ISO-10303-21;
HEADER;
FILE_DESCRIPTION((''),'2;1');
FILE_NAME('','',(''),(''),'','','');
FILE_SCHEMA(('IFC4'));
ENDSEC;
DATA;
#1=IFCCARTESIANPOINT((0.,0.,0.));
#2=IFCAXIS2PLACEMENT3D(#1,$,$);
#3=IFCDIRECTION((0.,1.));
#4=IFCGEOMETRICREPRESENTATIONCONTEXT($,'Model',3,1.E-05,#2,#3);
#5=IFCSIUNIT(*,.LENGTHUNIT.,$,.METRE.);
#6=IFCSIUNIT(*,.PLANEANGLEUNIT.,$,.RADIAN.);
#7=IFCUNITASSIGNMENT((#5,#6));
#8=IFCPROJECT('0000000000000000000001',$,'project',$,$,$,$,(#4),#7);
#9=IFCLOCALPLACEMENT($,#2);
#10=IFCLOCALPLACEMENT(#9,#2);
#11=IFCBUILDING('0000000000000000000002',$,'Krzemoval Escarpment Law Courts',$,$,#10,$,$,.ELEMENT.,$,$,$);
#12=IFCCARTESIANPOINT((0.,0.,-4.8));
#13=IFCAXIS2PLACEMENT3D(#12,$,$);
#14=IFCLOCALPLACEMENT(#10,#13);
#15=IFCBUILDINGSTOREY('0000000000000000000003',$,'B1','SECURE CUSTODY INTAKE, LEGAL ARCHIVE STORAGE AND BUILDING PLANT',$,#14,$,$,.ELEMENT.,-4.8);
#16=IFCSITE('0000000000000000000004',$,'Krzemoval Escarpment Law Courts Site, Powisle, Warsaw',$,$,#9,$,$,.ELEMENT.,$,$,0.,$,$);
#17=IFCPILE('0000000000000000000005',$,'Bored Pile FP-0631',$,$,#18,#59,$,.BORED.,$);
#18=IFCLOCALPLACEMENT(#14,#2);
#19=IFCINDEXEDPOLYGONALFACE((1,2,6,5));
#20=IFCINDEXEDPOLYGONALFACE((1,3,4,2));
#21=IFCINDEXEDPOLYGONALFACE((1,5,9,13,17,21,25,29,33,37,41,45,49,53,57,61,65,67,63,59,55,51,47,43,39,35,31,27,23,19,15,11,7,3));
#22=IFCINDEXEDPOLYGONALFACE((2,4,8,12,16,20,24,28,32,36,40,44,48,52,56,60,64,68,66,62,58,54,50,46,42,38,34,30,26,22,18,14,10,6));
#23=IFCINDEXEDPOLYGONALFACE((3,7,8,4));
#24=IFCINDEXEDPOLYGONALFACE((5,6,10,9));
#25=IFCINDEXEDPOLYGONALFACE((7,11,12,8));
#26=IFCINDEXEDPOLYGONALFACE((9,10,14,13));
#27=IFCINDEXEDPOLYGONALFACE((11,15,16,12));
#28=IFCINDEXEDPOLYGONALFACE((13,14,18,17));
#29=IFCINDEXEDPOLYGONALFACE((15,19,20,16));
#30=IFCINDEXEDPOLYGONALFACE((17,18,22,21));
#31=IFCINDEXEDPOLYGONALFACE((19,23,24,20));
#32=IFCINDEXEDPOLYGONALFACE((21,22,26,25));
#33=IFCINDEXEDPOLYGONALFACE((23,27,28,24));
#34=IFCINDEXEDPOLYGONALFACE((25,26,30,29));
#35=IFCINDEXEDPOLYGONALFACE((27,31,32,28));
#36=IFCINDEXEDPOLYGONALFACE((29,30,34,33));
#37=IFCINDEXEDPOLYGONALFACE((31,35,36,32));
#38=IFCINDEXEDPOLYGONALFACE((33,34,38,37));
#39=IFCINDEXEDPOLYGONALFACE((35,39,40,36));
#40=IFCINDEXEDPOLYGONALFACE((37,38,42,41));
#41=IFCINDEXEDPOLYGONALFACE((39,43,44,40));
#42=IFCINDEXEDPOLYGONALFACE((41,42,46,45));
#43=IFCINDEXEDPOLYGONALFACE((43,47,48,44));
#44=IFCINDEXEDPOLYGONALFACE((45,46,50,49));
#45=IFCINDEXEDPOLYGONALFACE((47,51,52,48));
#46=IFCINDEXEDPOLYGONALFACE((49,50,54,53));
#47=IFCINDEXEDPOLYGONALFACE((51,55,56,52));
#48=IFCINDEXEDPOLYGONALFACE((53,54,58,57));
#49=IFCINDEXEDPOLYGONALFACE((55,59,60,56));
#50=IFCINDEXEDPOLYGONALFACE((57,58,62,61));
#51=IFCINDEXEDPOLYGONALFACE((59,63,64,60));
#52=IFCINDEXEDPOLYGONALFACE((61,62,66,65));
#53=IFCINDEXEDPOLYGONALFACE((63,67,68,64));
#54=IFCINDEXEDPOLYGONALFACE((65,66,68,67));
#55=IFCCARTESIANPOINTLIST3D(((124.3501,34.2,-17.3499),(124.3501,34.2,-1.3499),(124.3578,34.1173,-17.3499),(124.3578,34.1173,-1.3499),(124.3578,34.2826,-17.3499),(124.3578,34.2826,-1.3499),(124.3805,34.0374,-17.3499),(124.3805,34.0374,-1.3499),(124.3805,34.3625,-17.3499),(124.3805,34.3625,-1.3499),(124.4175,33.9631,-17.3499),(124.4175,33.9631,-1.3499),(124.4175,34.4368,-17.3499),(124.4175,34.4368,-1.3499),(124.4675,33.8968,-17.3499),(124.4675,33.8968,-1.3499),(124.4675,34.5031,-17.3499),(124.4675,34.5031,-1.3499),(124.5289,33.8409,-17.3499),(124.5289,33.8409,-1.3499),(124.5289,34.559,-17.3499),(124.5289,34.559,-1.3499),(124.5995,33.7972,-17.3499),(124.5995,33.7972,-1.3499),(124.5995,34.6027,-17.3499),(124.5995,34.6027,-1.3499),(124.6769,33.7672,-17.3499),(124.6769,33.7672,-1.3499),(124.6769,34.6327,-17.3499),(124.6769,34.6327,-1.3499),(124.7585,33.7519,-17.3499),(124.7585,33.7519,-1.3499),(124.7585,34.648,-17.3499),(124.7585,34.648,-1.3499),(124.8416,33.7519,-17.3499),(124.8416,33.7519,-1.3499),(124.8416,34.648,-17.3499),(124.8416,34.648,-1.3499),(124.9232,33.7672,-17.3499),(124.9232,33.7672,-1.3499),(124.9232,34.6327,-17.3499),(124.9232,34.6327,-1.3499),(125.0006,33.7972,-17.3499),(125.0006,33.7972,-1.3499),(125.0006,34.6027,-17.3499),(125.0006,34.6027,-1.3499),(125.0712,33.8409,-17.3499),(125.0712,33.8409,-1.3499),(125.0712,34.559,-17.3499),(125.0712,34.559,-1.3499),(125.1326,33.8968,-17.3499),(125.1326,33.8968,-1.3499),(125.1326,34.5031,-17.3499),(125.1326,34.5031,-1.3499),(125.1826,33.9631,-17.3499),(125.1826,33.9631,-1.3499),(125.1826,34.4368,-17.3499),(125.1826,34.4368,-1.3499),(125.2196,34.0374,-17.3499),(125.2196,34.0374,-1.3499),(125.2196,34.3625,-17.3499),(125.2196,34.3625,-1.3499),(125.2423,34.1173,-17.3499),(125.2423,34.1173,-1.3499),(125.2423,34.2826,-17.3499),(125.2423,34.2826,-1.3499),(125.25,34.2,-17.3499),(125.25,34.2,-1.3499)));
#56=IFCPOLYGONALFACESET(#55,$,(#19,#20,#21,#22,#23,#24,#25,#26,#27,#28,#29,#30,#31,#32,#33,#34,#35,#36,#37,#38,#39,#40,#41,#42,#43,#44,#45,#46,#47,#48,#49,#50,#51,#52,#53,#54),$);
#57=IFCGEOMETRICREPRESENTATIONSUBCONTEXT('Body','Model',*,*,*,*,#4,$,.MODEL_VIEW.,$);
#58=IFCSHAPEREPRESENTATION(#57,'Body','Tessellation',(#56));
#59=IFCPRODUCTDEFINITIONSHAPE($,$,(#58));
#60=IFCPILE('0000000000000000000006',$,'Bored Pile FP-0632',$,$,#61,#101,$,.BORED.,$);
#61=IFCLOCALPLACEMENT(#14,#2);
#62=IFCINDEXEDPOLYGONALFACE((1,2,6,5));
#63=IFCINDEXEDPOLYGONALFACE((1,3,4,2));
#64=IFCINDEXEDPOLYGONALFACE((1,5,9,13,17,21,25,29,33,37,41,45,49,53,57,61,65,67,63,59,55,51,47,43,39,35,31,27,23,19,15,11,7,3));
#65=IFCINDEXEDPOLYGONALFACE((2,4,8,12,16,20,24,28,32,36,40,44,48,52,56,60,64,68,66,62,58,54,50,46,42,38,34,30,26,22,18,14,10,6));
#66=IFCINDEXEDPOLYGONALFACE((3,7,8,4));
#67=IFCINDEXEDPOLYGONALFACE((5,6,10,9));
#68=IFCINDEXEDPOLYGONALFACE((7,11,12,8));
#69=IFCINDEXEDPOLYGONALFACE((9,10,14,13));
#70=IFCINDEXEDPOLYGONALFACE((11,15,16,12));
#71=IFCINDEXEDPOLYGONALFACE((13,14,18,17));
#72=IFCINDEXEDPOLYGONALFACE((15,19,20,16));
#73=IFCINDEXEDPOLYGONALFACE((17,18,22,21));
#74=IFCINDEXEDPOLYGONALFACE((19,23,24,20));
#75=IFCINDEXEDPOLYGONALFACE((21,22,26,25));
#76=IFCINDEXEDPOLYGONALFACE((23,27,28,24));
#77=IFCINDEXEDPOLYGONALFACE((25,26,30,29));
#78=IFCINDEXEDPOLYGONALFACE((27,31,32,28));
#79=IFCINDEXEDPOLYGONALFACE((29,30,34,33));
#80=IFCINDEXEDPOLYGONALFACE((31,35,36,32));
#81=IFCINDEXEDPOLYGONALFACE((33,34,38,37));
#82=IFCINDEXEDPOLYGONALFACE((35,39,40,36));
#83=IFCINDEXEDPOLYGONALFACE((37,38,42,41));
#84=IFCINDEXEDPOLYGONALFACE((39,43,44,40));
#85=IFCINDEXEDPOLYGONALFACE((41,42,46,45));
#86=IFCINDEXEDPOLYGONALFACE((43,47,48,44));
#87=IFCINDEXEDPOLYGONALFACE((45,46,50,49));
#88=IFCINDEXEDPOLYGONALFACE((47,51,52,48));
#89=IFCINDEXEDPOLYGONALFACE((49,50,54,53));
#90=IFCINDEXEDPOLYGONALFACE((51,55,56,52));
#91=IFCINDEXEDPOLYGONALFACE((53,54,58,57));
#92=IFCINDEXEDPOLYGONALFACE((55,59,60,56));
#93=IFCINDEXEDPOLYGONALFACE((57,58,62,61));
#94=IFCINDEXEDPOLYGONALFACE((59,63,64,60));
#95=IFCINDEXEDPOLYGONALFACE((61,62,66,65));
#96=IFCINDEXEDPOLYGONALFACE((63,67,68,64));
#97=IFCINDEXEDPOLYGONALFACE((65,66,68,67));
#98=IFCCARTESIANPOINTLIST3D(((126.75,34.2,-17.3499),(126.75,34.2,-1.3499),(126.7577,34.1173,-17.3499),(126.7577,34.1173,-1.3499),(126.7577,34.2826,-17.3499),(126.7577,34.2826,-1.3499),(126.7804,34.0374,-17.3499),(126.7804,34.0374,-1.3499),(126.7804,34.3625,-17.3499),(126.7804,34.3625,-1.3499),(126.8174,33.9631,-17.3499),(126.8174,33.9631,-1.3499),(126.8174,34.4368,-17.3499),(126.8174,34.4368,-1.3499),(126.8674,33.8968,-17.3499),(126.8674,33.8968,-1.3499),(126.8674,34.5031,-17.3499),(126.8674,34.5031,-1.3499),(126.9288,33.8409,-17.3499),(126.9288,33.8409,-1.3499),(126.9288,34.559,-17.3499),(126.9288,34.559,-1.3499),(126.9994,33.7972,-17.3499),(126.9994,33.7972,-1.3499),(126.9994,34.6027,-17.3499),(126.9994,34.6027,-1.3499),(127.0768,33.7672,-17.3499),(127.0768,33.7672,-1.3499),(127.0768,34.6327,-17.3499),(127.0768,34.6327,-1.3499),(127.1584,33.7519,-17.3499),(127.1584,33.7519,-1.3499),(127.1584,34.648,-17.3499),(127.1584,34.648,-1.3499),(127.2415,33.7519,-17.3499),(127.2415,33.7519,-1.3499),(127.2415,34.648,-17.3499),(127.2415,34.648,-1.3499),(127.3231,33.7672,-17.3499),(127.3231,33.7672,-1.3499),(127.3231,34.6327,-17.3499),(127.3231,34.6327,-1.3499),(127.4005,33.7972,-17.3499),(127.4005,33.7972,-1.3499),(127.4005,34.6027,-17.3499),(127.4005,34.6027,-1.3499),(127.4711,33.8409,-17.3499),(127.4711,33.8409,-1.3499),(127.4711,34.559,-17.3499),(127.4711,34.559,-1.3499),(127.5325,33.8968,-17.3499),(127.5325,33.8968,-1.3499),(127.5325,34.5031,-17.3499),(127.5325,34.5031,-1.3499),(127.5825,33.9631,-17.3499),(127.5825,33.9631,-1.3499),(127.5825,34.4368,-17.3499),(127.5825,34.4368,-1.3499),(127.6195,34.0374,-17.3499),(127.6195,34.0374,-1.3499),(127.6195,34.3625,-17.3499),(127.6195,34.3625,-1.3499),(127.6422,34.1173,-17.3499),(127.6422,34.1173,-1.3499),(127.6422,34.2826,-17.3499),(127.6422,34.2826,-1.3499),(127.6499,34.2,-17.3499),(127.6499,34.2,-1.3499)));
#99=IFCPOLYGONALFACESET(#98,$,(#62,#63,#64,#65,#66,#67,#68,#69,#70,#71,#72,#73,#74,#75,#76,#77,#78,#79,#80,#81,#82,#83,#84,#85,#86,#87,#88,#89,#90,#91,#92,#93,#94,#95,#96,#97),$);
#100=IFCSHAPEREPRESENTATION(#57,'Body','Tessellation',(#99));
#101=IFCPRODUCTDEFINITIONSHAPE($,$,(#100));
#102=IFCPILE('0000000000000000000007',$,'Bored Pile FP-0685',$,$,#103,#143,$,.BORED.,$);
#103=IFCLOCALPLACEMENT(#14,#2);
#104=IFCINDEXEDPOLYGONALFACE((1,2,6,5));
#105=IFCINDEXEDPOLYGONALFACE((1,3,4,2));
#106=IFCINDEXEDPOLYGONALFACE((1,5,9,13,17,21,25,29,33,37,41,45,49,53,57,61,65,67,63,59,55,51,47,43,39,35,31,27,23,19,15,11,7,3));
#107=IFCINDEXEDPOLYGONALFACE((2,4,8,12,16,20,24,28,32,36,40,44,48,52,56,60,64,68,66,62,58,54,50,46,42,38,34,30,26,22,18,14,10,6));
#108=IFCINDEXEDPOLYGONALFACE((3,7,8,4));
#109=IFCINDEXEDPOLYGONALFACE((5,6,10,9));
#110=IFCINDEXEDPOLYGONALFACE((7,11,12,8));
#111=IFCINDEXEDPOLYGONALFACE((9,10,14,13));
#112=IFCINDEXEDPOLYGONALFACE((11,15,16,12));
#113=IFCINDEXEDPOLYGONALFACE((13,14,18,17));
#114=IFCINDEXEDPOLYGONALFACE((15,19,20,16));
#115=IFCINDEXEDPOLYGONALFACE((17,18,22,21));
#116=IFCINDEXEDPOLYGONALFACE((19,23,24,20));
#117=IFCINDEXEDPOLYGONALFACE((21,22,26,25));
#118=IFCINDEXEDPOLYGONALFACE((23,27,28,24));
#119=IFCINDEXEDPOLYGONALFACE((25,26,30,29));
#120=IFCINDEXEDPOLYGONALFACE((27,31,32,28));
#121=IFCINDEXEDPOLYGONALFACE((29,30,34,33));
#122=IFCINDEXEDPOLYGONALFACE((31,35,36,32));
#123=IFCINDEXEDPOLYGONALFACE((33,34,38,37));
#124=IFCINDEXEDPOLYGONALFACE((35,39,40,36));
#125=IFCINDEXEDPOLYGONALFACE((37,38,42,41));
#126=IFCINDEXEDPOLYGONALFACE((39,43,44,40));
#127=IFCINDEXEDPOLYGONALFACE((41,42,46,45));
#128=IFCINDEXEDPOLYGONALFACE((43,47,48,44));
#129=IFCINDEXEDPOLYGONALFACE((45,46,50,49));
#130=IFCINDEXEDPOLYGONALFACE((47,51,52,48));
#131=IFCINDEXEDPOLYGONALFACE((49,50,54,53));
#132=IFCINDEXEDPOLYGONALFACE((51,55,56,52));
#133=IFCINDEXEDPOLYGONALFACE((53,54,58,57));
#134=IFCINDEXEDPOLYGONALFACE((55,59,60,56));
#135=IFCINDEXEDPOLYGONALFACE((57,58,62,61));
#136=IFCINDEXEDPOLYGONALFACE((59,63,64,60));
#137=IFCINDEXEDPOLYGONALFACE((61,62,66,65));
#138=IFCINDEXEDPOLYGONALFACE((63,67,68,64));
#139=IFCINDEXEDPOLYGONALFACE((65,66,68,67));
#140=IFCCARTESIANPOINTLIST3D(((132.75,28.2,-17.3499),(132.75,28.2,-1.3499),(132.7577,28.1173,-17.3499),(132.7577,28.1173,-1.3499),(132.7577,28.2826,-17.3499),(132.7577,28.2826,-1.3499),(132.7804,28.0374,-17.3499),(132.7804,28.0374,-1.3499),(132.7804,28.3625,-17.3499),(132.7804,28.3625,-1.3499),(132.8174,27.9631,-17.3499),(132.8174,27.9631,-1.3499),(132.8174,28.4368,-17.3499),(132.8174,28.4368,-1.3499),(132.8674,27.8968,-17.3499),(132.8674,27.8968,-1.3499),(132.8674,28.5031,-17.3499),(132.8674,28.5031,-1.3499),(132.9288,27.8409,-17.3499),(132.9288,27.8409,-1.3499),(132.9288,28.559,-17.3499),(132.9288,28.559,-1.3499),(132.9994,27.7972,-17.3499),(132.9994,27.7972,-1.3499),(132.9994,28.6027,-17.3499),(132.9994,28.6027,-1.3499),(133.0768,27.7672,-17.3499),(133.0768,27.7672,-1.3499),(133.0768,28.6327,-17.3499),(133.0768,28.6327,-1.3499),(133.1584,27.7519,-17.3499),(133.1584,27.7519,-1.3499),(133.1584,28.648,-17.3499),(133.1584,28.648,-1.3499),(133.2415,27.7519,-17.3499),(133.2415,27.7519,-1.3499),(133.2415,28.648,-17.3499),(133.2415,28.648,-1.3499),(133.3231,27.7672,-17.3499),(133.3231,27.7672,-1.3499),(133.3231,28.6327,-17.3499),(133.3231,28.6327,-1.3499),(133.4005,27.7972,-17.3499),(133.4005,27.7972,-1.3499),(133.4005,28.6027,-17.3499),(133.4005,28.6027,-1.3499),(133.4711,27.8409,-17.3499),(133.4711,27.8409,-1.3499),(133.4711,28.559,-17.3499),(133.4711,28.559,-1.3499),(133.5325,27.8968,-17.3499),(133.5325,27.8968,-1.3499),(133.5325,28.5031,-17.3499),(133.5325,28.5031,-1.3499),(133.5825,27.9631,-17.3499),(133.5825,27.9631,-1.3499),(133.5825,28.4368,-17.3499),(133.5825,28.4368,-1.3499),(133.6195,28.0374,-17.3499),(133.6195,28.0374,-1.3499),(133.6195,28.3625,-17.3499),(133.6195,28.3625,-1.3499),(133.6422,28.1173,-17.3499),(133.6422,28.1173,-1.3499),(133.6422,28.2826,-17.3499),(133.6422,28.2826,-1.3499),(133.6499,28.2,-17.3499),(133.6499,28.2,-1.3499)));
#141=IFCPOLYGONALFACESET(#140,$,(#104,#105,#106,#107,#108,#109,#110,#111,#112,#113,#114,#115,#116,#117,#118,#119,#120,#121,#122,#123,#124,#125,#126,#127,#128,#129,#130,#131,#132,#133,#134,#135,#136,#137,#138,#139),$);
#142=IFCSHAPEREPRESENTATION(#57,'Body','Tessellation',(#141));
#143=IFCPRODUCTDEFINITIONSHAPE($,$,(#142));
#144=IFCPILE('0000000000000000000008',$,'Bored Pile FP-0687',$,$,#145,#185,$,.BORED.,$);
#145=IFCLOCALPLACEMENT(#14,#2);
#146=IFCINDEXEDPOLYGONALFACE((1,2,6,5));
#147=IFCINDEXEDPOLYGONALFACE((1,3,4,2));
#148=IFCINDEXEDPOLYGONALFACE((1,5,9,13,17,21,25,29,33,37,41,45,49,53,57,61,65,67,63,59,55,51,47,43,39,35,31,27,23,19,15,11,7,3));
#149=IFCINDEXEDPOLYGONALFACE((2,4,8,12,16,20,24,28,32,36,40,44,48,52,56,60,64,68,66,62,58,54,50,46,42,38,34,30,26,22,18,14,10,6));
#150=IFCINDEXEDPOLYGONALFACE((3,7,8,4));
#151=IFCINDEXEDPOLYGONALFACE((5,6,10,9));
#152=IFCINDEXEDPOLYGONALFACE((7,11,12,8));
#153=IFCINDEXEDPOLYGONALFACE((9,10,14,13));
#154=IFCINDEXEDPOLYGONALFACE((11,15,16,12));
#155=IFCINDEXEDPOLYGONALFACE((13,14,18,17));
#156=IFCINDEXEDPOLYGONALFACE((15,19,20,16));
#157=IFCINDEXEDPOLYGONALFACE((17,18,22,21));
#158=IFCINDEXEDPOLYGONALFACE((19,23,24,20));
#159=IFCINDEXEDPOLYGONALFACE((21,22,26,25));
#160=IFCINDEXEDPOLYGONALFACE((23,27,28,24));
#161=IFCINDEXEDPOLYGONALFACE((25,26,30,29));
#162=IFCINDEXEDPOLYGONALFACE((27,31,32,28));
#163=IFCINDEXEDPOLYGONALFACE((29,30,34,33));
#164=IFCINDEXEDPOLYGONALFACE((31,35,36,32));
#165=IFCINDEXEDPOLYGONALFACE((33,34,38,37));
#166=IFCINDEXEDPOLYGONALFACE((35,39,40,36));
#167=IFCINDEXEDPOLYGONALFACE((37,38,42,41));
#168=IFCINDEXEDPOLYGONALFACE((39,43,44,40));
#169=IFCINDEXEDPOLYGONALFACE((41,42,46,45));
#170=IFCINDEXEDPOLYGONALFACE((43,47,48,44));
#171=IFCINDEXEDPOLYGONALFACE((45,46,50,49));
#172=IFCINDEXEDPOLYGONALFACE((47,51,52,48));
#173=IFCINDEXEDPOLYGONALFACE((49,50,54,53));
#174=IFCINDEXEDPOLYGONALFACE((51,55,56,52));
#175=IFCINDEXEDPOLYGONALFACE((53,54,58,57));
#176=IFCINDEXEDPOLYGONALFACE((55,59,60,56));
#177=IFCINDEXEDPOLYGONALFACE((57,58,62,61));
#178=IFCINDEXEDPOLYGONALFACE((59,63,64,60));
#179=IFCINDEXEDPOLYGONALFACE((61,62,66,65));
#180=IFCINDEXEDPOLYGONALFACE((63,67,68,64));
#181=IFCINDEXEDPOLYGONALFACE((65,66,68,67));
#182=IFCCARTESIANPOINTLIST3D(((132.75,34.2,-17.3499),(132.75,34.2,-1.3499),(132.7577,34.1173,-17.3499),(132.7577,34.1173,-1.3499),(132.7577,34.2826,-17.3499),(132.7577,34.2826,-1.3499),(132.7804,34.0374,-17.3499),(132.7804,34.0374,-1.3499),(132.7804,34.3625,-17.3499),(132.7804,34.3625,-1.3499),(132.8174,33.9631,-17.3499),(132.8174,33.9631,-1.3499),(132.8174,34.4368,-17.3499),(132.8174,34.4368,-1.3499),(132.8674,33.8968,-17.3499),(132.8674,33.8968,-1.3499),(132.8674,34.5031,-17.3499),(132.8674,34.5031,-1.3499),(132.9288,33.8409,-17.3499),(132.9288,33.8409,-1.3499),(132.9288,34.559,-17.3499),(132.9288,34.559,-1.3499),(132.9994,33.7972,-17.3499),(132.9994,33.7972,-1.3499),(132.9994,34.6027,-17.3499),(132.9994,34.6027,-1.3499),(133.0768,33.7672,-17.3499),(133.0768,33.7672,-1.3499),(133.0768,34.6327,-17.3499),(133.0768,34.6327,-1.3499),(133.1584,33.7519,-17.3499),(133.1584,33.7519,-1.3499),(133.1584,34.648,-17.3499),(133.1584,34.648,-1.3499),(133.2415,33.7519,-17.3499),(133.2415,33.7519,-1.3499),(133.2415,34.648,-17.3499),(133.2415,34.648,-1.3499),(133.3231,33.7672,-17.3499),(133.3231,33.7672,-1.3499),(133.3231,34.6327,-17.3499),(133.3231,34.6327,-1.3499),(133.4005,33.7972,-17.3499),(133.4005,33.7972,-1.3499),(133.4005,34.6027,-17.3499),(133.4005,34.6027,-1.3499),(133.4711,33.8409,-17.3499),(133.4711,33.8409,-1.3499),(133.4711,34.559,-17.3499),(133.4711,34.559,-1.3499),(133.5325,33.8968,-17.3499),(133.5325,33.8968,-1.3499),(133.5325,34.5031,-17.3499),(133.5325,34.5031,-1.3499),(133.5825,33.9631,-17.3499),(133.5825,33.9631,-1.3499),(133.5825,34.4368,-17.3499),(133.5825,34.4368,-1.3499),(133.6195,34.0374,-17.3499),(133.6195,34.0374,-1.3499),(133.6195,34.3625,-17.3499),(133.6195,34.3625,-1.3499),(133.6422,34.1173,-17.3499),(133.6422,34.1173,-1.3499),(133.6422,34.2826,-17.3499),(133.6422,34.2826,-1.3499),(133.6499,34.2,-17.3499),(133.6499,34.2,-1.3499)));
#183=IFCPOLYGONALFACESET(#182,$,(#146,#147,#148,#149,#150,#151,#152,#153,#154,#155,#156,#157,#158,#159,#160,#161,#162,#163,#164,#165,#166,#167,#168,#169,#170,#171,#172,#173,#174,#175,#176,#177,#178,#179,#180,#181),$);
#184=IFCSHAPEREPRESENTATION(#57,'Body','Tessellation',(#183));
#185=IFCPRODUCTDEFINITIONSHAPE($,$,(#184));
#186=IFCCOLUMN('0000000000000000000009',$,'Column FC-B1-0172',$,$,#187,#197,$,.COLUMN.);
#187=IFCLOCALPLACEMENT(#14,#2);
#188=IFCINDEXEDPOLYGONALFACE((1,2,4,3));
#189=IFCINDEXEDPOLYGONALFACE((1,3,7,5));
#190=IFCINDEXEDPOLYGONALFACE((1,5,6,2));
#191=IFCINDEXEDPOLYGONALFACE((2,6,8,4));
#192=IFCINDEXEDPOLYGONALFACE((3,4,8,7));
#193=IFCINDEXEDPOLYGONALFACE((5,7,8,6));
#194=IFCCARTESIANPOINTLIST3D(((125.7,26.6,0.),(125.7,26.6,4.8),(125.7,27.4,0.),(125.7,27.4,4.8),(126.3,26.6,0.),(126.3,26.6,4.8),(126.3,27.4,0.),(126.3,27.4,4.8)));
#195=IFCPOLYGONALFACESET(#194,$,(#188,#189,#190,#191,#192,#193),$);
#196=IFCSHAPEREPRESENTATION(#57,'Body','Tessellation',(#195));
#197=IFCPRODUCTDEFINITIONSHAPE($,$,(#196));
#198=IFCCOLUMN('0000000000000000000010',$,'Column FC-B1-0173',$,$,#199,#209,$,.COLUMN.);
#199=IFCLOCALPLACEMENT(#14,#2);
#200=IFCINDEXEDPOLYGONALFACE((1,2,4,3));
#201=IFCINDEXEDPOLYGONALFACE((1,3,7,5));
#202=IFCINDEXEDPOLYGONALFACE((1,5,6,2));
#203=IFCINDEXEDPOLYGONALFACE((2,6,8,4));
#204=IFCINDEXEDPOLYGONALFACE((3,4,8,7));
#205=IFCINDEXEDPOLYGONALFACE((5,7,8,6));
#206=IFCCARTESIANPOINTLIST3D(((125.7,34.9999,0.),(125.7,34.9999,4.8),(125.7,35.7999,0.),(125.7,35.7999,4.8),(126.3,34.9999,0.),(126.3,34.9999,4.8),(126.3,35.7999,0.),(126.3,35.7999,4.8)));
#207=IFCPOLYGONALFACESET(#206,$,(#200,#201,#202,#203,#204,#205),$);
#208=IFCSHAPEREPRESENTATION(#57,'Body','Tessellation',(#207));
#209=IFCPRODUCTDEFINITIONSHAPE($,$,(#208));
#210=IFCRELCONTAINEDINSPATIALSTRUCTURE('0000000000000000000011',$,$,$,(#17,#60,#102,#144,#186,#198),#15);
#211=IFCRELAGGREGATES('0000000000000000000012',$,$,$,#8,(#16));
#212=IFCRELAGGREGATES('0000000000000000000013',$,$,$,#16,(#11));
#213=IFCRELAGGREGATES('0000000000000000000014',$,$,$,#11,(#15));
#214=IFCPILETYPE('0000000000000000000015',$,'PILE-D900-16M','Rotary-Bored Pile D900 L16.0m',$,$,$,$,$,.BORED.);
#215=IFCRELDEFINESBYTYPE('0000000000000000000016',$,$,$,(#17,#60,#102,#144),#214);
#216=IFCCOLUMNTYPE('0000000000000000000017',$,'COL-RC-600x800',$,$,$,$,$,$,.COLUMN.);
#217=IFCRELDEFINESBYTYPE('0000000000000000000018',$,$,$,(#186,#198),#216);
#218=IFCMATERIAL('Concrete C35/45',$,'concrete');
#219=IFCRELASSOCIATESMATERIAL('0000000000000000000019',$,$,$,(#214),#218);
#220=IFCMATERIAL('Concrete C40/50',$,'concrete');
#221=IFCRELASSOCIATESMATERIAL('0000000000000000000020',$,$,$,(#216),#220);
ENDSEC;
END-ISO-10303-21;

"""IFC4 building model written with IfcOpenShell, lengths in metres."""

from ifc_helpers import new_model, si_unit, direction, frame, origin, origin_2d, place, context, subcontext, project, spatial, rectangle, circle, extrude, material, material_profile, profile_set, type_object, element, save


model = new_model("IFC4")

# Units and contexts
model_context = context("Model", 3, precision=1e-05, world=origin(), true_north=direction((0.0, 1.0)))
body_context = subcontext(model_context, "Body", "Model", "MODEL_VIEW")
ifc_project = project(units=[si_unit("LENGTHUNIT", "METRE"), si_unit("PLANEANGLEUNIT", "RADIAN")], contexts=[model_context])

# Site, building, storey
site_placement = place(None, origin())
site = spatial("IfcSite", under=ifc_project, at=site_placement, Name="Krzemoval Escarpment Law Courts Site, Powisle, Warsaw", CompositionType="ELEMENT", RefElevation=0.0)
building_placement = place(site_placement, origin())
building = spatial("IfcBuilding", under=site, at=building_placement, Name="Krzemoval Escarpment Law Courts", CompositionType="ELEMENT")
storey_placement = place(building_placement, frame((0.0, 0.0, -4.8)))
storey = spatial("IfcBuildingStorey", under=building, at=storey_placement, Name="B1", Description="SECURE CUSTODY INTAKE, LEGAL ARCHIVE STORAGE AND BUILDING PLANT", CompositionType="ELEMENT", Elevation=-4.8)

# Piles
ifc_material_1 = material(Name="Concrete C35/45", Category="concrete")
ifc_material_profile_1 = material_profile(ifc_material_1, circle(Radius=0.45, at=origin_2d()), Name="PILE D900")
ifc_profile_set_1 = profile_set([ifc_material_profile_1], Name="Concrete C35/45")
pile_type = type_object("IfcPileType", Name="PILE-D900-16M", Description="Rotary-Bored Pile D900 L16.0m", PredefinedType="BORED", material=ifc_profile_set_1)
for number, where, z_axis, x_axis, name in (
    (1, (124.8, 34.2, -1.3499), (0.0, 0.0, -1.0), (1.0, 0.0, 0.0), "Bored Pile FP-0631"),
    (2, (127.2, 34.2, -1.3499), (0.0, 0.0, -1.0), (1.0, 0.0, 0.0), "Bored Pile FP-0632"),
    (3, (133.2, 28.2, -1.3499), (0.0, 0.0, -1.0), (1.0, 0.0, 0.0), "Bored Pile FP-0685"),
    (4, (133.2, 34.2, -1.3499), (0.0, 0.0, -1.0), (1.0, 0.0, 0.0), "Bored Pile FP-0687"),
):
    element("IfcPile", number, at=place(storey_placement, frame(where, z_axis=z_axis, x_axis=x_axis)), inside=storey, type_object=pile_type, Name=name, PredefinedType="BORED", context=body_context, shape_type="SweptSolid", body=[
        extrude(circle(Radius=0.45, at=origin_2d()), origin(), (0.0, 0.0, 1.0), 16.0),
    ])

# Columns
ifc_material_2 = material(Name="Concrete C40/50", Category="concrete")
ifc_material_profile_2 = material_profile(ifc_material_2, rectangle(XDim=0.6001, YDim=0.8, at=origin_2d()), Name="RC 600x800")
ifc_profile_set_2 = profile_set([ifc_material_profile_2], Name="Concrete C40/50")
column_type = type_object("IfcColumnType", Name="COL-RC-600x800", PredefinedType="COLUMN", material=ifc_profile_set_2)
for number, where, z_axis, x_axis, name in (
    (5, (126.0, 27.0, 0.0), (0.0, 0.0, 1.0), (1.0, 0.0, 0.0), "Column FC-B1-0172"),
    (6, (126.0, 35.3999, 0.0), (0.0, 0.0, 1.0), (1.0, 0.0, 0.0), "Column FC-B1-0173"),
):
    element("IfcColumn", number, at=place(storey_placement, frame(where, z_axis=z_axis, x_axis=x_axis)), inside=storey, type_object=column_type, Name=name, PredefinedType="COLUMN", context=body_context, shape_type="SweptSolid", body=[
        extrude(rectangle(XDim=0.6001, YDim=0.8, at=origin_2d()), origin(), (0.0, 0.0, 1.0), 4.8),
    ])

save(model, "model.ifc")
